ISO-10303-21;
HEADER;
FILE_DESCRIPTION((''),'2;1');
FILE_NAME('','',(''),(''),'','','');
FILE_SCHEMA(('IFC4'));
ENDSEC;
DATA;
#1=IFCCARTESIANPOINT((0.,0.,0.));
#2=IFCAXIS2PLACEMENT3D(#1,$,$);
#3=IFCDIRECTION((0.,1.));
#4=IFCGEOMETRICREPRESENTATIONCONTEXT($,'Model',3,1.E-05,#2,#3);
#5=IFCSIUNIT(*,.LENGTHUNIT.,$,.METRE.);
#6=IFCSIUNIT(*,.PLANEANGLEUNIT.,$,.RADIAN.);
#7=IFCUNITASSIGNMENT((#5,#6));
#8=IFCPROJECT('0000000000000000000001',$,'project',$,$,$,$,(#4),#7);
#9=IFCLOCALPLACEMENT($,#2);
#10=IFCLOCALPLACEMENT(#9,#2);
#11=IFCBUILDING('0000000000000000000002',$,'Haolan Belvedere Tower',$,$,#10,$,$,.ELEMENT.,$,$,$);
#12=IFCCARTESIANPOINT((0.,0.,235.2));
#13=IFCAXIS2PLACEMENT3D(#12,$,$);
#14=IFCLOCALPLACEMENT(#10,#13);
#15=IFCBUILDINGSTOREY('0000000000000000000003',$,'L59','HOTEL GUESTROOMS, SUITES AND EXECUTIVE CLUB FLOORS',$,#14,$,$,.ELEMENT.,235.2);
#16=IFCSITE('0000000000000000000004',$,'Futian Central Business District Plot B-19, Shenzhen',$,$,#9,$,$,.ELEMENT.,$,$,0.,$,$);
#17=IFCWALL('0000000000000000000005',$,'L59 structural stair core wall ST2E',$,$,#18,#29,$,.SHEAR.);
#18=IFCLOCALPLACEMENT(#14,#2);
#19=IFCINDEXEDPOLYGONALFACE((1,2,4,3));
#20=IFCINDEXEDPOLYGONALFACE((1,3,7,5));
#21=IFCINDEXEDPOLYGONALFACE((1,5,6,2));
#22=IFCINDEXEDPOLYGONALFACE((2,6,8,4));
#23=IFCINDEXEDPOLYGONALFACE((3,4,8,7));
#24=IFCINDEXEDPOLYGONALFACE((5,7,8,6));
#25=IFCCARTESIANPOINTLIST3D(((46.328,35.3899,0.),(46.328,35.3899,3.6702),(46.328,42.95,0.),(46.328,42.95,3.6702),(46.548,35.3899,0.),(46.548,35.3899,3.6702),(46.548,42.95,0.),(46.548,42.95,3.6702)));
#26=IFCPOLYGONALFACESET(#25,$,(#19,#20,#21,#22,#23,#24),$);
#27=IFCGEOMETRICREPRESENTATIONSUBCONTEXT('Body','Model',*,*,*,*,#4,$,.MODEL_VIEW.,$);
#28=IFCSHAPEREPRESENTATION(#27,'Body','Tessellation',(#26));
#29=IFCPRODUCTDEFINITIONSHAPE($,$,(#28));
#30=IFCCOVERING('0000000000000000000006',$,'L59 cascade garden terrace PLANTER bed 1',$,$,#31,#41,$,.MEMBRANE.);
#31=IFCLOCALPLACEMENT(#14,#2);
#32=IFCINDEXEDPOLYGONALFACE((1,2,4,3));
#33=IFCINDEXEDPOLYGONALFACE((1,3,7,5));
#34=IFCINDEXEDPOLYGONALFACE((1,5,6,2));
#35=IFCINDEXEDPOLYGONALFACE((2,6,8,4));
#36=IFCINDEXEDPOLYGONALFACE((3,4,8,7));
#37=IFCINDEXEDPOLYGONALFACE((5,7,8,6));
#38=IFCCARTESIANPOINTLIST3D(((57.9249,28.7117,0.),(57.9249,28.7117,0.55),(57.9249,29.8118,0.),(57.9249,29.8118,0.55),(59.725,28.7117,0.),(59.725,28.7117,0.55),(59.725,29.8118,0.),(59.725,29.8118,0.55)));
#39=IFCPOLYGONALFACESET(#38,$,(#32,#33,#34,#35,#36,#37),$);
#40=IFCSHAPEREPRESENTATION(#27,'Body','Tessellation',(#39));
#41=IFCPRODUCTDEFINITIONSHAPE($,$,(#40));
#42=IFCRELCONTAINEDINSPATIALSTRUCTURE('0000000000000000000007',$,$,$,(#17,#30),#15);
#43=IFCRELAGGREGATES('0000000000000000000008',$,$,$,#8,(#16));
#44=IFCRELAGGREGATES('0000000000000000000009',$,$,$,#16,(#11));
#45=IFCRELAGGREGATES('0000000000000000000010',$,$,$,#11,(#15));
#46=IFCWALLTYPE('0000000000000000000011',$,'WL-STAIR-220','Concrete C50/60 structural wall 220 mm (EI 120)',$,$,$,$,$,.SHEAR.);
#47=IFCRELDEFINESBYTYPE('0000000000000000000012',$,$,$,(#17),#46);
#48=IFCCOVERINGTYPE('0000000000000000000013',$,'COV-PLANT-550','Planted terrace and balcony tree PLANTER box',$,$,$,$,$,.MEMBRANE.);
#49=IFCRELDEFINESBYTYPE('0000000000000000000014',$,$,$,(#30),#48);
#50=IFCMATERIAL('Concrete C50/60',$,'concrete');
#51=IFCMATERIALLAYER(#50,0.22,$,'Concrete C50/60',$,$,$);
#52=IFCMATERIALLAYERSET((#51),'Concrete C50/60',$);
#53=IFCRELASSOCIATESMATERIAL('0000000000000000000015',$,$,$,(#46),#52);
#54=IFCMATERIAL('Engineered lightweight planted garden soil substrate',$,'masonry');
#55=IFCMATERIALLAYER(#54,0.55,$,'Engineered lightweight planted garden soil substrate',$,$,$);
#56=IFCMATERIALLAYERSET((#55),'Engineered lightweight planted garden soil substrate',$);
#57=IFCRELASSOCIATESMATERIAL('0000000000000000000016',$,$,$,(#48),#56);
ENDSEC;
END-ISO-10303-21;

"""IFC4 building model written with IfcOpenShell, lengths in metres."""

from ifc_helpers import new_model, si_unit, direction, frame, frame_2d, origin, origin_2d, place, context, subcontext, project, spatial, rectangle, extrude, material, layer, layer_set, type_object, element, save


model = new_model("IFC4")

# Units and contexts
model_context = context("Model", 3, precision=1e-05, world=origin(), true_north=direction((0.0, 1.0)))
body_context = subcontext(model_context, "Body", "Model", "MODEL_VIEW")
ifc_project = project(units=[si_unit("LENGTHUNIT", "METRE"), si_unit("PLANEANGLEUNIT", "RADIAN")], contexts=[model_context])

# Site, building, storey
site_placement = place(None, origin())
site = spatial("IfcSite", under=ifc_project, at=site_placement, Name="Futian Central Business District Plot B-19, Shenzhen", CompositionType="ELEMENT", RefElevation=0.0)
building_placement = place(site_placement, origin())
building = spatial("IfcBuilding", under=site, at=building_placement, Name="Haolan Belvedere Tower", CompositionType="ELEMENT")
storey_placement = place(building_placement, frame((0.0, 0.0, 235.2)))
storey = spatial("IfcBuildingStorey", under=building, at=storey_placement, Name="L59", Description="HOTEL GUESTROOMS, SUITES AND EXECUTIVE CLUB FLOORS", CompositionType="ELEMENT", Elevation=235.2)

# Shared definitions
ifc_material_1 = material(Name="Concrete C50/60", Category="concrete")

# Wall
ifc_layer_1 = layer(ifc_material_1, 0.22, Name="Concrete C50/60")
ifc_layer_set_1 = layer_set([ifc_layer_1], Name="Concrete C50/60")
wall_type_1 = type_object("IfcWallType", Name="WL-STAIR-220", Description="Concrete C50/60 structural wall 220 mm (EI 120)", PredefinedType="SHEAR", material=ifc_layer_set_1)
wall_1_placement = place(storey_placement, frame((46.438, 35.3899, 0.0), z_axis=(0.0, 0.0, 1.0), x_axis=(0.0, 1.0, 0.0)))
element("IfcWall", 1, at=wall_1_placement, inside=storey, type_object=wall_type_1, Name="L59 structural stair core wall ST2E", PredefinedType="SHEAR", context=body_context, shape_type="SweptSolid", body=[
    extrude(rectangle(XDim=7.5601, YDim=0.22, at=frame_2d((3.78, 0.0))), origin(), (0.0, 0.0, 1.0), 3.6702),
])

# Covering
ifc_material_2 = material(Name="Engineered lightweight planted garden soil substrate", Category="masonry")
ifc_layer_2 = layer(ifc_material_2, 0.55, Name="Engineered lightweight planted garden soil substrate")
ifc_layer_set_2 = layer_set([ifc_layer_2], Name="Engineered lightweight planted garden soil substrate")
covering_type = type_object("IfcCoveringType", Name="COV-PLANT-550", Description="Planted terrace and balcony tree PLANTER box", PredefinedType="MEMBRANE", material=ifc_layer_set_2)
covering_placement = place(storey_placement, frame((58.825, 29.2617, 0.0), z_axis=(0.0, 0.0, 1.0), x_axis=(1.0, 0.0, 0.0)))
element("IfcCovering", 2, at=covering_placement, inside=storey, type_object=covering_type, Name="L59 cascade garden terrace PLANTER bed 1", PredefinedType="MEMBRANE", context=body_context, shape_type="SweptSolid", body=[
    extrude(rectangle(XDim=1.8, YDim=1.1001, at=origin_2d()), origin(), (0.0, 0.0, 1.0), 0.55),
])

save(model, "model.ifc")
